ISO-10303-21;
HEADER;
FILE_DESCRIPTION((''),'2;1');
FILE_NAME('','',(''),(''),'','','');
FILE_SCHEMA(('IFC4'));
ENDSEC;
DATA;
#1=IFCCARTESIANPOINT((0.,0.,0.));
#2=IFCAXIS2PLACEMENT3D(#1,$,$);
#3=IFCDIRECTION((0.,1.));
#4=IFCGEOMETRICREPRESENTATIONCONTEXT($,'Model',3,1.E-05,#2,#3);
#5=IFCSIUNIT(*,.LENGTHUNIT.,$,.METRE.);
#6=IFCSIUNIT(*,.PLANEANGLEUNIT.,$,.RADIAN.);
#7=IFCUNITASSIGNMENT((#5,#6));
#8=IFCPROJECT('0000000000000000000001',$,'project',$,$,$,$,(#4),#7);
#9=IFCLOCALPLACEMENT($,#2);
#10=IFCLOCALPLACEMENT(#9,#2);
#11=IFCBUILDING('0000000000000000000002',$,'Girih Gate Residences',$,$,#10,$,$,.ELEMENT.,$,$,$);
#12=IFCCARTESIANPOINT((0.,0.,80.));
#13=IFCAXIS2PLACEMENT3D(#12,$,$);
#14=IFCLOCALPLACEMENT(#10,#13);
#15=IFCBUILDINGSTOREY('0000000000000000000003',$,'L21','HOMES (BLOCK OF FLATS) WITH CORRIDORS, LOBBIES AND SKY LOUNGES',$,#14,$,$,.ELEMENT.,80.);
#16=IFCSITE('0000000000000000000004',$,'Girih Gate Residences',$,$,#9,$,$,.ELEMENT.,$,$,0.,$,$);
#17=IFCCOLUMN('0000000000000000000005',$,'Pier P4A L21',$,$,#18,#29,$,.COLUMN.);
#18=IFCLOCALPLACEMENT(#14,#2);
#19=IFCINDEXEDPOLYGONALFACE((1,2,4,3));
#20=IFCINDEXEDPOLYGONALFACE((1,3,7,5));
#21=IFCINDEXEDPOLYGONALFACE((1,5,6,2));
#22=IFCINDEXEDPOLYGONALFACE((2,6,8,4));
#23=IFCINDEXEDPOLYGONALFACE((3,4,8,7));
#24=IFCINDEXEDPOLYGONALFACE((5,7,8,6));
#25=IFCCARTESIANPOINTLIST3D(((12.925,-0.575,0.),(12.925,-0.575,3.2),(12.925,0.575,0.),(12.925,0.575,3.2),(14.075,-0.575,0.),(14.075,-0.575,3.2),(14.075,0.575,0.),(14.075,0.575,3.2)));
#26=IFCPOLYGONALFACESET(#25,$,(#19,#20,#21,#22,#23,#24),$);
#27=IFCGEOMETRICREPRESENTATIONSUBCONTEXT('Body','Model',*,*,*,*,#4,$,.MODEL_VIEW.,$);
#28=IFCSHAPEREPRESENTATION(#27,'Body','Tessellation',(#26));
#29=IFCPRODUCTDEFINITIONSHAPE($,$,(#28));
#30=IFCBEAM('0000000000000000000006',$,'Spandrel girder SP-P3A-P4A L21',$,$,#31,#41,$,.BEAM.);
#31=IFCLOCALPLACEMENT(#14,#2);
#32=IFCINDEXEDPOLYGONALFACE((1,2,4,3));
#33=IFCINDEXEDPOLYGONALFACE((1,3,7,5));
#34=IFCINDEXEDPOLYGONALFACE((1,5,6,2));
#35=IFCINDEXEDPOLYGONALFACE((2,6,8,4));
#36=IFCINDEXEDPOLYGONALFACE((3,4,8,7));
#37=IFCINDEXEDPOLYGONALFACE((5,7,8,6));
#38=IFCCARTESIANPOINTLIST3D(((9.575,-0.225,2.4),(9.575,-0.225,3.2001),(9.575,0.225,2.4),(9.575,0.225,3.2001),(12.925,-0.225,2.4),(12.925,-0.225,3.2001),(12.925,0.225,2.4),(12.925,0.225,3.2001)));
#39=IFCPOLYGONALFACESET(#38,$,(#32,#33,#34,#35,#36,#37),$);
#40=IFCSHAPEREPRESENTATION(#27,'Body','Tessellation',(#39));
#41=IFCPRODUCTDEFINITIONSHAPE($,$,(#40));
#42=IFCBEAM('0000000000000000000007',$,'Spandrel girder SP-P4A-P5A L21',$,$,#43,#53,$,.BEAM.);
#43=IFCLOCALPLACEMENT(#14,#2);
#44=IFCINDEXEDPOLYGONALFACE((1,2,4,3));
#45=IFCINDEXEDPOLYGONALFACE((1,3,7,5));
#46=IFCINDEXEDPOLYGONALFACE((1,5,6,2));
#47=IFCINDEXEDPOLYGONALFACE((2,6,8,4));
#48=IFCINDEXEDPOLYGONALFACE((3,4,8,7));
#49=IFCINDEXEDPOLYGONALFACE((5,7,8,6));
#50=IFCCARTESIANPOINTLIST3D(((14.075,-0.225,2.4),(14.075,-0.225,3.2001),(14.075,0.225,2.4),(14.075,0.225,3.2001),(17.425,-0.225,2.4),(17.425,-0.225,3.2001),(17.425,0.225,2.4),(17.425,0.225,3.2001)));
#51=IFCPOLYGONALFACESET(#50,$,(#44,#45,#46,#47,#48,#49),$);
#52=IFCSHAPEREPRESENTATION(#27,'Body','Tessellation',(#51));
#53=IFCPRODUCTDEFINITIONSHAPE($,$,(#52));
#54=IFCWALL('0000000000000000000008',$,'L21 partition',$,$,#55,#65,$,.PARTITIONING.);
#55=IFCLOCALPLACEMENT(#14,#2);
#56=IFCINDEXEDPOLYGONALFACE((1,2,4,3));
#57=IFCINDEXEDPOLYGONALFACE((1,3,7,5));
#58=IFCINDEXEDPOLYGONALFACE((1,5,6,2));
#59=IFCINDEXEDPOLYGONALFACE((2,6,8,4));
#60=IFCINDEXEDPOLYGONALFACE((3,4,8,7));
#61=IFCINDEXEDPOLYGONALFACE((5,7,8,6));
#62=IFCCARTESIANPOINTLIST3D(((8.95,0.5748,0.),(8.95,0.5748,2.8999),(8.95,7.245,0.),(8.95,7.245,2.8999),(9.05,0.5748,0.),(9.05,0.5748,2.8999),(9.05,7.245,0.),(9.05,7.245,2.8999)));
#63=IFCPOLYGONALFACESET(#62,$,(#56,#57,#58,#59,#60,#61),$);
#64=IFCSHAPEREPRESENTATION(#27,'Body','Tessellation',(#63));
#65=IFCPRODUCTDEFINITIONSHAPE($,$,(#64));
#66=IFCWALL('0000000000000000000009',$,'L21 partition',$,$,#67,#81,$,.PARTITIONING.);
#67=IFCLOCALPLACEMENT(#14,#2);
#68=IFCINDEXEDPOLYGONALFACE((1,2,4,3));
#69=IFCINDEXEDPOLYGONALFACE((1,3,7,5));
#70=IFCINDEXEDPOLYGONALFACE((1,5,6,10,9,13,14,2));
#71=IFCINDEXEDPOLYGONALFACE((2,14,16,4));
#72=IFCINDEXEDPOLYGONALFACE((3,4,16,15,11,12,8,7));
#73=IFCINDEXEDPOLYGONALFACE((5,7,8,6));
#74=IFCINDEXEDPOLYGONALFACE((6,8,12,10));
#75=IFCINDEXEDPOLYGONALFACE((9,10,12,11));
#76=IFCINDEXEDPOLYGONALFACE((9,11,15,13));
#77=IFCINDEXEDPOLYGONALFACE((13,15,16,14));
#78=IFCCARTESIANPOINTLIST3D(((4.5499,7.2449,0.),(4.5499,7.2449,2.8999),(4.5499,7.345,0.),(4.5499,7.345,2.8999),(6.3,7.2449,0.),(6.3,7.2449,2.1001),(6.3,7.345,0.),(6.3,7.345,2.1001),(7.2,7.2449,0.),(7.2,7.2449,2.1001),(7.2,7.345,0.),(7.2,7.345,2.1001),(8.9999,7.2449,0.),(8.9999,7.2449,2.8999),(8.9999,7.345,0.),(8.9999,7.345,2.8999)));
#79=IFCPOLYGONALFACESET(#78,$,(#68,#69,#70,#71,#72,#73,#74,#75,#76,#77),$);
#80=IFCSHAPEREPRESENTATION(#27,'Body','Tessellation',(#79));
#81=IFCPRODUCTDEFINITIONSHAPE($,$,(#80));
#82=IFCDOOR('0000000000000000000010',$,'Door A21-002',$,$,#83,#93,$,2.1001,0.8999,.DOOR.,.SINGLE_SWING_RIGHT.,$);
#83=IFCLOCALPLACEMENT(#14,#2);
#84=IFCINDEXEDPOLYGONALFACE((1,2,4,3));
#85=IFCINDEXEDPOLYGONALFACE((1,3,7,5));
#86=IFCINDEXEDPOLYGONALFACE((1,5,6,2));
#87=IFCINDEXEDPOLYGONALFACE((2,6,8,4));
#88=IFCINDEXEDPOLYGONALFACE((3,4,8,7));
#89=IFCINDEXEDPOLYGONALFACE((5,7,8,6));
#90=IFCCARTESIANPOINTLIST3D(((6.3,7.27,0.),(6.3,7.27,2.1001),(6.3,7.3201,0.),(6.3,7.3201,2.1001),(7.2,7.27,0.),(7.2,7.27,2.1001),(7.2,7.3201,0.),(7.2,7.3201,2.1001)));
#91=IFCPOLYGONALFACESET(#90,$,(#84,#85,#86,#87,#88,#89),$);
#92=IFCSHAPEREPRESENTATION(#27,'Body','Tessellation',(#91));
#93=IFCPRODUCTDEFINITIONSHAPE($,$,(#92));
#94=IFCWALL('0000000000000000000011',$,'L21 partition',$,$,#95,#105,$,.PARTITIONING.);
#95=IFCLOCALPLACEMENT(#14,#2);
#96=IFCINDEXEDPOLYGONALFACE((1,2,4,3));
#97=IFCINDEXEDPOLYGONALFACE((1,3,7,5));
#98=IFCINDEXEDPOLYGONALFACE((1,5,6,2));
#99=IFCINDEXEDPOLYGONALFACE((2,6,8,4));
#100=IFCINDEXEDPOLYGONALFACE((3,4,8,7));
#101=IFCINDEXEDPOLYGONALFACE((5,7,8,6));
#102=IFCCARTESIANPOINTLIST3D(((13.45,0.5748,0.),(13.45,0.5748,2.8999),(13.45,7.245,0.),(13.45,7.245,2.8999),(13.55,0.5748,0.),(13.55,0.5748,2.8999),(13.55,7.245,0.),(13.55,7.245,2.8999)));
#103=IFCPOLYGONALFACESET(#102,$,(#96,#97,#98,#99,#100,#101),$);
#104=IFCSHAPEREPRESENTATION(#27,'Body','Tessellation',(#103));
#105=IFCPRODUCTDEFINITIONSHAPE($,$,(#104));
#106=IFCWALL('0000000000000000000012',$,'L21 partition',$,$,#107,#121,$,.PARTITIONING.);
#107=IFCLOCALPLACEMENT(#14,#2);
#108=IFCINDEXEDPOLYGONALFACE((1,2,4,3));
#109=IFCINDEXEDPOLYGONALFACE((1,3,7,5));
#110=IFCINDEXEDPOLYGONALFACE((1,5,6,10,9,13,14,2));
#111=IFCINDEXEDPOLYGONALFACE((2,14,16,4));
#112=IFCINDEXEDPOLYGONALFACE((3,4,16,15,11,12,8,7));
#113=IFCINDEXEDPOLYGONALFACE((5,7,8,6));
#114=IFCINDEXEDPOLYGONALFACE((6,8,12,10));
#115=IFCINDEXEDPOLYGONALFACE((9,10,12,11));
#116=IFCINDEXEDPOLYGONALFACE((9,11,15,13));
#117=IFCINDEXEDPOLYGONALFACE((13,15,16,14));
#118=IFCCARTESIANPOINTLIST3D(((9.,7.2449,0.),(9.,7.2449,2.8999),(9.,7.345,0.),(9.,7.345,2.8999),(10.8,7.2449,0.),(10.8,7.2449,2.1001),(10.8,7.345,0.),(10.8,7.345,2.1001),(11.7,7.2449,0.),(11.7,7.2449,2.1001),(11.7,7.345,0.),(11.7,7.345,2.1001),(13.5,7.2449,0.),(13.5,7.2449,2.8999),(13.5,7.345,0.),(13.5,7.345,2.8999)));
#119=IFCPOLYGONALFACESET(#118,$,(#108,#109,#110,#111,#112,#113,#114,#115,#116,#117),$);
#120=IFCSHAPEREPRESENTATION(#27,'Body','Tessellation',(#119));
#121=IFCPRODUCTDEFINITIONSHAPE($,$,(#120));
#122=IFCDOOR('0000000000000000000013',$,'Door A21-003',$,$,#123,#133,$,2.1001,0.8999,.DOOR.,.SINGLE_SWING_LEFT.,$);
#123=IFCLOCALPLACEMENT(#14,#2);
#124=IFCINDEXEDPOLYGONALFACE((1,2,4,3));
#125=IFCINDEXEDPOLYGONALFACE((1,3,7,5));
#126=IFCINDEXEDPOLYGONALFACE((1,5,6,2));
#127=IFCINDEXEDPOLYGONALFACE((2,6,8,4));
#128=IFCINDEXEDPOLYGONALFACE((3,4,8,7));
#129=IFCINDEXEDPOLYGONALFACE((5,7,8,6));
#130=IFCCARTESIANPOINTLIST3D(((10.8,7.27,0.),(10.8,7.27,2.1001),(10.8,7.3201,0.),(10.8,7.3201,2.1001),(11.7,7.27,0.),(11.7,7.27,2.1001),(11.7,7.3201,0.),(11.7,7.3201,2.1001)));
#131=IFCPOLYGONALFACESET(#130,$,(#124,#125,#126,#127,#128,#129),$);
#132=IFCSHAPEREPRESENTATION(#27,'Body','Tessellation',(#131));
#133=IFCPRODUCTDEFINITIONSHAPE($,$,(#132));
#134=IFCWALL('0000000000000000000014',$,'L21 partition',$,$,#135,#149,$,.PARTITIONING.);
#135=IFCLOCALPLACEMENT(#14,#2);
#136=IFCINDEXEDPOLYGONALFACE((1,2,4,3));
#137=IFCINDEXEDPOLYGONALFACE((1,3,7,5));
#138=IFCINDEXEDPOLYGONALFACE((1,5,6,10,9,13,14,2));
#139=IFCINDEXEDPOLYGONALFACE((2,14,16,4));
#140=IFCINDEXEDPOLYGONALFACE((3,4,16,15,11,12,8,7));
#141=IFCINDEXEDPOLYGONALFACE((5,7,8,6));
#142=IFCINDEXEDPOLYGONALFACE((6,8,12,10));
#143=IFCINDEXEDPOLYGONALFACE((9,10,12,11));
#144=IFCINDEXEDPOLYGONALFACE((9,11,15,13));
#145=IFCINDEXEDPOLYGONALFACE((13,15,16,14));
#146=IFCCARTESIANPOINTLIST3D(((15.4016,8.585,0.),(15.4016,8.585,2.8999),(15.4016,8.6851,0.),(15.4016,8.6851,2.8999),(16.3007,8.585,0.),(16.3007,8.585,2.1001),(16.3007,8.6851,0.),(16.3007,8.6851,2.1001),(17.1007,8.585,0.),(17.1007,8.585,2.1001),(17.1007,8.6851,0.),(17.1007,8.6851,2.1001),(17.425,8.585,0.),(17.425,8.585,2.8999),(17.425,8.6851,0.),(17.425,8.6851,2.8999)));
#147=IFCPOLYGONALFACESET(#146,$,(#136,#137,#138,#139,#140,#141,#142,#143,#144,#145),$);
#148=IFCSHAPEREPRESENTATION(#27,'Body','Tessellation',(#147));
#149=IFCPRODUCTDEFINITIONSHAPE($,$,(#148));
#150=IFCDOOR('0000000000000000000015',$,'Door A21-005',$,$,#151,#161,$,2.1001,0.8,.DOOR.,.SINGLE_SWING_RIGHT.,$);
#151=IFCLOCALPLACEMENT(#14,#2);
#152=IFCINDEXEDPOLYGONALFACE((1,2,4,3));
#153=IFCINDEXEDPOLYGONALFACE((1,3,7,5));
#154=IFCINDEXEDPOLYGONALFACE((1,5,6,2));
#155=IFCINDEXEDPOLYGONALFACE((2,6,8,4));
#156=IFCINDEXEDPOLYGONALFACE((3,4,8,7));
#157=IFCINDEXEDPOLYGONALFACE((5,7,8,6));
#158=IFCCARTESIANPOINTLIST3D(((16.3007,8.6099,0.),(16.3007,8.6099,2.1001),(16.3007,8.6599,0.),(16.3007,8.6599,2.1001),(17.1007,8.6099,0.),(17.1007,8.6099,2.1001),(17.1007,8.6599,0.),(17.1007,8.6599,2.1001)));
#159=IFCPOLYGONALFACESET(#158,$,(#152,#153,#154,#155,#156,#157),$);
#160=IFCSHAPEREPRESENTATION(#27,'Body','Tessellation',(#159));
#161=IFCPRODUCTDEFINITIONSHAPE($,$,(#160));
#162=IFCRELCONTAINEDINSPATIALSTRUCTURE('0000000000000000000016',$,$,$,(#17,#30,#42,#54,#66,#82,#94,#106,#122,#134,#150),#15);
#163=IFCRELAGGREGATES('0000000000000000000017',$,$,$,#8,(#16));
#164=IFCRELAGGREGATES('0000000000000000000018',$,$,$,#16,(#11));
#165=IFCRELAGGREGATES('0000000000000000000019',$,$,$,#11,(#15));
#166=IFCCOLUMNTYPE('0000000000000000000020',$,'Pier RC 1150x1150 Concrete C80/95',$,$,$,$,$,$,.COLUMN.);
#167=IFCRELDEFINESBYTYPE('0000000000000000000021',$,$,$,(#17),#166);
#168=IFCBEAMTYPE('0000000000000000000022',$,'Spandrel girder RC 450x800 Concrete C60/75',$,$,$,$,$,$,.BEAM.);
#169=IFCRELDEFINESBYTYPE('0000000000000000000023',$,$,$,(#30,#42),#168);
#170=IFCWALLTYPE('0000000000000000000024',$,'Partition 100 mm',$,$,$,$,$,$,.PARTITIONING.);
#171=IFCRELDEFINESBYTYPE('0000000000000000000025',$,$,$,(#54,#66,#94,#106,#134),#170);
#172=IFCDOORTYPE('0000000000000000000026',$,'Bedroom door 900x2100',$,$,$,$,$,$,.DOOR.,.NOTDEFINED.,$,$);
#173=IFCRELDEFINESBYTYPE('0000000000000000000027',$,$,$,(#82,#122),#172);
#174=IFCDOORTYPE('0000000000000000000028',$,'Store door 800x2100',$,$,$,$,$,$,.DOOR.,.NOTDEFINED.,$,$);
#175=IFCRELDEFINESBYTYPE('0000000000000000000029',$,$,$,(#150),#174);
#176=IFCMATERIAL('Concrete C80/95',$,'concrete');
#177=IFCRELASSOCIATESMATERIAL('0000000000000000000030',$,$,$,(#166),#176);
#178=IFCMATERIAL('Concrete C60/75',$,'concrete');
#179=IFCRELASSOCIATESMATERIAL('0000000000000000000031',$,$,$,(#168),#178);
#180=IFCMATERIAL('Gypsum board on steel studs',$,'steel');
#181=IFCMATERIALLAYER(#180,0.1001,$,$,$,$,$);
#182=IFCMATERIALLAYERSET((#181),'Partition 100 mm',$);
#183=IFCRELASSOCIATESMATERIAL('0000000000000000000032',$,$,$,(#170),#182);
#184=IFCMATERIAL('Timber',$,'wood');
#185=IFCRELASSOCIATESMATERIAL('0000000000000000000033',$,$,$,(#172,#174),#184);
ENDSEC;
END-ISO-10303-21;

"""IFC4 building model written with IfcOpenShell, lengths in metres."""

from ifc_helpers import new_model, si_unit, direction, frame, frame_2d, origin, origin_2d, place, context, subcontext, project, spatial, rectangle, extrude, material, layer, layer_set, material_profile, profile_set, type_object, element, fill, save


model = new_model("IFC4")

# Units and contexts
model_context = context("Model", 3, precision=1e-05, world=origin(), true_north=direction((0.0, 1.0)))
body_context = subcontext(model_context, "Body", "Model", "MODEL_VIEW")
ifc_project = project(units=[si_unit("LENGTHUNIT", "METRE"), si_unit("PLANEANGLEUNIT", "RADIAN")], contexts=[model_context])

# Site, building, storey
site_placement = place(None, origin())
site = spatial("IfcSite", under=ifc_project, at=site_placement, Name="Girih Gate Residences", CompositionType="ELEMENT", RefElevation=0.0)
building_placement = place(site_placement, origin())
building = spatial("IfcBuilding", under=site, at=building_placement, Name="Girih Gate Residences", CompositionType="ELEMENT")
storey_placement = place(building_placement, frame((0.0, 0.0, 80.0)))
storey = spatial("IfcBuildingStorey", under=building, at=storey_placement, Name="L21", Description="HOMES (BLOCK OF FLATS) WITH CORRIDORS, LOBBIES AND SKY LOUNGES", CompositionType="ELEMENT", Elevation=80.0)

# Column
ifc_material_1 = material(Name="Concrete C80/95", Category="concrete")
ifc_material_profile_1 = material_profile(ifc_material_1, rectangle(XDim=1.1499, YDim=1.1499, at=origin_2d()))
ifc_profile_set_1 = profile_set([ifc_material_profile_1], Name="Concrete C80/95")
column_type = type_object("IfcColumnType", Name="Pier RC 1150x1150 Concrete C80/95", PredefinedType="COLUMN", material=ifc_profile_set_1)
column_placement = place(storey_placement, frame((13.5, 0.0, 0.0), z_axis=(0.0, 0.0, 1.0), x_axis=(1.0, 0.0, 0.0)))
element("IfcColumn", 1, at=column_placement, inside=storey, type_object=column_type, Name="Pier P4A L21", PredefinedType="COLUMN", context=body_context, shape_type="SweptSolid", body=[
    extrude(rectangle(XDim=1.1499, YDim=1.1499, at=origin_2d()), origin(), (0.0, 0.0, 1.0), 3.2),
])

# Beams
ifc_material_2 = material(Name="Concrete C60/75", Category="concrete")
ifc_material_profile_2 = material_profile(ifc_material_2, rectangle(XDim=0.45, YDim=0.8, at=origin_2d()))
ifc_profile_set_2 = profile_set([ifc_material_profile_2], Name="Concrete C60/75")
beam_type = type_object("IfcBeamType", Name="Spandrel girder RC 450x800 Concrete C60/75", PredefinedType="BEAM", material=ifc_profile_set_2)
for number, where, z_axis, x_axis, name in (
    (2, (9.575, 0.0, 2.8), (1.0, 0.0, 0.0), (0.0, 1.0, 0.0), "Spandrel girder SP-P3A-P4A L21"),
    (3, (14.075, 0.0, 2.8), (1.0, 0.0, 0.0), (0.0, 1.0, 0.0), "Spandrel girder SP-P4A-P5A L21"),
):
    element("IfcBeam", number, at=place(storey_placement, frame(where, z_axis=z_axis, x_axis=x_axis)), inside=storey, type_object=beam_type, Name=name, PredefinedType="BEAM", context=body_context, shape_type="SweptSolid", body=[
        extrude(rectangle(XDim=0.45, YDim=0.8, at=origin_2d()), origin(), (0.0, 0.0, 1.0), 3.3501),
    ])

# Wall
ifc_material_3 = material(Name="Gypsum board on steel studs", Category="steel")
ifc_layer_1 = layer(ifc_material_3, 0.1001)
ifc_layer_set_1 = layer_set([ifc_layer_1], Name="Partition 100 mm")
wall_type_1 = type_object("IfcWallType", Name="Partition 100 mm", PredefinedType="PARTITIONING", material=ifc_layer_set_1)
wall_1_placement = place(storey_placement, frame((9.0, 0.575, 0.0), z_axis=(0.0, 0.0, 1.0), x_axis=(0.0, 1.0, 0.0)))
element("IfcWall", 4, at=wall_1_placement, inside=storey, type_object=wall_type_1, Name="L21 partition", PredefinedType="PARTITIONING", context=body_context, shape_type="SweptSolid", body=[
    extrude(rectangle(XDim=6.6702, YDim=0.1001, at=frame_2d((3.335, 0.0))), origin(), (0.0, 0.0, 1.0), 2.8999),
])

# Wall, opening, door
wall_2_placement = place(storey_placement, frame((9.0, 7.2949, 0.0), z_axis=(0.0, 0.0, 1.0), x_axis=(-1.0, 0.0, 0.0)))
wall_2 = element("IfcWall", 5, at=wall_2_placement, inside=storey, type_object=wall_type_1, Name="L21 partition", PredefinedType="PARTITIONING", context=body_context, shape_type="SweptSolid", body=[
    extrude(rectangle(XDim=4.45, YDim=0.1001, at=frame_2d((2.2251, 0.0))), origin(), (0.0, 0.0, 1.0), 2.8999),
])
opening_1_placement = place(wall_2_placement, frame((1.8, 0.0, 0.0)))
opening_1 = element("IfcOpeningElement", 6, at=opening_1_placement, cuts=wall_2, PredefinedType="OPENING", context=body_context, shape_type="SweptSolid", body=[
    extrude(rectangle(XDim=0.8999, YDim=2.1001, at=frame_2d((0.45, 1.05))), frame((0.0, 0.0601, 0.0), z_axis=(0.0, -1.0, 0.0), x_axis=(1.0, 0.0, 0.0)), (0.0, 0.0, 1.0), 0.1201),
])
ifc_material_4 = material(Name="Timber", Category="wood")
door_type_1 = type_object("IfcDoorType", Name="Bedroom door 900x2100", OperationType="NOTDEFINED", PredefinedType="DOOR", material=ifc_material_4)
door_1_placement = place(opening_1_placement, origin())
door_1 = element("IfcDoor", 7, at=door_1_placement, inside=storey, type_object=door_type_1, Name="Door A21-002", OperationType="SINGLE_SWING_RIGHT", OverallHeight=2.1001, OverallWidth=0.8999, PredefinedType="DOOR", context=body_context, shape_type="SweptSolid", body=[
    extrude(rectangle(XDim=0.8999, YDim=2.1001, at=frame_2d((0.45, 1.05))), frame((0.0, 0.0249, 0.0), z_axis=(0.0, -1.0, 0.0), x_axis=(1.0, 0.0, 0.0)), (0.0, 0.0, 1.0), 0.05),
])
fill(opening_1, door_1)

# Wall
wall_3_placement = place(storey_placement, frame((13.5, 0.575, 0.0), z_axis=(0.0, 0.0, 1.0), x_axis=(0.0, 1.0, 0.0)))
element("IfcWall", 8, at=wall_3_placement, inside=storey, type_object=wall_type_1, Name="L21 partition", PredefinedType="PARTITIONING", context=body_context, shape_type="SweptSolid", body=[
    extrude(rectangle(XDim=6.6702, YDim=0.1001, at=frame_2d((3.335, 0.0))), origin(), (0.0, 0.0, 1.0), 2.8999),
])

# Walls, openings, doors
wall_4_placement = place(storey_placement, frame((13.5, 7.2949, 0.0), z_axis=(0.0, 0.0, 1.0), x_axis=(-1.0, 0.0, 0.0)))
wall_4 = element("IfcWall", 9, at=wall_4_placement, inside=storey, type_object=wall_type_1, Name="L21 partition", PredefinedType="PARTITIONING", context=body_context, shape_type="SweptSolid", body=[
    extrude(rectangle(XDim=4.5, YDim=0.1001, at=frame_2d((2.25, 0.0))), origin(), (0.0, 0.0, 1.0), 2.8999),
])
opening_2_placement = place(wall_4_placement, frame((1.8, 0.0, 0.0)))
opening_2 = element("IfcOpeningElement", 10, at=opening_2_placement, cuts=wall_4, PredefinedType="OPENING", context=body_context, shape_type="SweptSolid", body=[
    extrude(rectangle(XDim=0.8999, YDim=2.1001, at=frame_2d((0.45, 1.05))), frame((0.0, 0.0601, 0.0), z_axis=(0.0, -1.0, 0.0), x_axis=(1.0, 0.0, 0.0)), (0.0, 0.0, 1.0), 0.1201),
])
door_2_placement = place(opening_2_placement, origin())
door_2 = element("IfcDoor", 11, at=door_2_placement, inside=storey, type_object=door_type_1, Name="Door A21-003", OperationType="SINGLE_SWING_LEFT", OverallHeight=2.1001, OverallWidth=0.8999, PredefinedType="DOOR", context=body_context, shape_type="SweptSolid", body=[
    extrude(rectangle(XDim=0.8999, YDim=2.1001, at=frame_2d((0.45, 1.05))), frame((0.0, 0.0249, 0.0), z_axis=(0.0, -1.0, 0.0), x_axis=(1.0, 0.0, 0.0)), (0.0, 0.0, 1.0), 0.05),
])
fill(opening_2, door_2)
wall_5_placement = place(storey_placement, frame((15.4016, 8.635, 0.0), z_axis=(0.0, 0.0, 1.0), x_axis=(1.0, 0.0, 0.0)))
wall_5 = element("IfcWall", 12, at=wall_5_placement, inside=storey, type_object=wall_type_1, Name="L21 partition", PredefinedType="PARTITIONING", context=body_context, shape_type="SweptSolid", body=[
    extrude(rectangle(XDim=2.0234, YDim=0.1001, at=frame_2d((1.0117, 0.0))), origin(), (0.0, 0.0, 1.0), 2.8999),
])
opening_3_placement = place(wall_5_placement, frame((0.8992, 0.0, 0.0)))
opening_3 = element("IfcOpeningElement", 13, at=opening_3_placement, cuts=wall_5, PredefinedType="OPENING", context=body_context, shape_type="SweptSolid", body=[
    extrude(rectangle(XDim=0.8, YDim=2.1001, at=frame_2d((0.3999, 1.05))), frame((0.0, 0.0601, 0.0), z_axis=(0.0, -1.0, 0.0), x_axis=(1.0, 0.0, 0.0)), (0.0, 0.0, 1.0), 0.1201),
])
door_type_2 = type_object("IfcDoorType", Name="Store door 800x2100", OperationType="NOTDEFINED", PredefinedType="DOOR", material=ifc_material_4)
door_3_placement = place(opening_3_placement, origin())
door_3 = element("IfcDoor", 14, at=door_3_placement, inside=storey, type_object=door_type_2, Name="Door A21-005", OperationType="SINGLE_SWING_RIGHT", OverallHeight=2.1001, OverallWidth=0.8, PredefinedType="DOOR", context=body_context, shape_type="SweptSolid", body=[
    extrude(rectangle(XDim=0.8, YDim=2.1001, at=frame_2d((0.3999, 1.05))), frame((0.0, 0.0249, 0.0), z_axis=(0.0, -1.0, 0.0), x_axis=(1.0, 0.0, 0.0)), (0.0, 0.0, 1.0), 0.05),
])
fill(opening_3, door_3)

save(model, "model.ifc")
